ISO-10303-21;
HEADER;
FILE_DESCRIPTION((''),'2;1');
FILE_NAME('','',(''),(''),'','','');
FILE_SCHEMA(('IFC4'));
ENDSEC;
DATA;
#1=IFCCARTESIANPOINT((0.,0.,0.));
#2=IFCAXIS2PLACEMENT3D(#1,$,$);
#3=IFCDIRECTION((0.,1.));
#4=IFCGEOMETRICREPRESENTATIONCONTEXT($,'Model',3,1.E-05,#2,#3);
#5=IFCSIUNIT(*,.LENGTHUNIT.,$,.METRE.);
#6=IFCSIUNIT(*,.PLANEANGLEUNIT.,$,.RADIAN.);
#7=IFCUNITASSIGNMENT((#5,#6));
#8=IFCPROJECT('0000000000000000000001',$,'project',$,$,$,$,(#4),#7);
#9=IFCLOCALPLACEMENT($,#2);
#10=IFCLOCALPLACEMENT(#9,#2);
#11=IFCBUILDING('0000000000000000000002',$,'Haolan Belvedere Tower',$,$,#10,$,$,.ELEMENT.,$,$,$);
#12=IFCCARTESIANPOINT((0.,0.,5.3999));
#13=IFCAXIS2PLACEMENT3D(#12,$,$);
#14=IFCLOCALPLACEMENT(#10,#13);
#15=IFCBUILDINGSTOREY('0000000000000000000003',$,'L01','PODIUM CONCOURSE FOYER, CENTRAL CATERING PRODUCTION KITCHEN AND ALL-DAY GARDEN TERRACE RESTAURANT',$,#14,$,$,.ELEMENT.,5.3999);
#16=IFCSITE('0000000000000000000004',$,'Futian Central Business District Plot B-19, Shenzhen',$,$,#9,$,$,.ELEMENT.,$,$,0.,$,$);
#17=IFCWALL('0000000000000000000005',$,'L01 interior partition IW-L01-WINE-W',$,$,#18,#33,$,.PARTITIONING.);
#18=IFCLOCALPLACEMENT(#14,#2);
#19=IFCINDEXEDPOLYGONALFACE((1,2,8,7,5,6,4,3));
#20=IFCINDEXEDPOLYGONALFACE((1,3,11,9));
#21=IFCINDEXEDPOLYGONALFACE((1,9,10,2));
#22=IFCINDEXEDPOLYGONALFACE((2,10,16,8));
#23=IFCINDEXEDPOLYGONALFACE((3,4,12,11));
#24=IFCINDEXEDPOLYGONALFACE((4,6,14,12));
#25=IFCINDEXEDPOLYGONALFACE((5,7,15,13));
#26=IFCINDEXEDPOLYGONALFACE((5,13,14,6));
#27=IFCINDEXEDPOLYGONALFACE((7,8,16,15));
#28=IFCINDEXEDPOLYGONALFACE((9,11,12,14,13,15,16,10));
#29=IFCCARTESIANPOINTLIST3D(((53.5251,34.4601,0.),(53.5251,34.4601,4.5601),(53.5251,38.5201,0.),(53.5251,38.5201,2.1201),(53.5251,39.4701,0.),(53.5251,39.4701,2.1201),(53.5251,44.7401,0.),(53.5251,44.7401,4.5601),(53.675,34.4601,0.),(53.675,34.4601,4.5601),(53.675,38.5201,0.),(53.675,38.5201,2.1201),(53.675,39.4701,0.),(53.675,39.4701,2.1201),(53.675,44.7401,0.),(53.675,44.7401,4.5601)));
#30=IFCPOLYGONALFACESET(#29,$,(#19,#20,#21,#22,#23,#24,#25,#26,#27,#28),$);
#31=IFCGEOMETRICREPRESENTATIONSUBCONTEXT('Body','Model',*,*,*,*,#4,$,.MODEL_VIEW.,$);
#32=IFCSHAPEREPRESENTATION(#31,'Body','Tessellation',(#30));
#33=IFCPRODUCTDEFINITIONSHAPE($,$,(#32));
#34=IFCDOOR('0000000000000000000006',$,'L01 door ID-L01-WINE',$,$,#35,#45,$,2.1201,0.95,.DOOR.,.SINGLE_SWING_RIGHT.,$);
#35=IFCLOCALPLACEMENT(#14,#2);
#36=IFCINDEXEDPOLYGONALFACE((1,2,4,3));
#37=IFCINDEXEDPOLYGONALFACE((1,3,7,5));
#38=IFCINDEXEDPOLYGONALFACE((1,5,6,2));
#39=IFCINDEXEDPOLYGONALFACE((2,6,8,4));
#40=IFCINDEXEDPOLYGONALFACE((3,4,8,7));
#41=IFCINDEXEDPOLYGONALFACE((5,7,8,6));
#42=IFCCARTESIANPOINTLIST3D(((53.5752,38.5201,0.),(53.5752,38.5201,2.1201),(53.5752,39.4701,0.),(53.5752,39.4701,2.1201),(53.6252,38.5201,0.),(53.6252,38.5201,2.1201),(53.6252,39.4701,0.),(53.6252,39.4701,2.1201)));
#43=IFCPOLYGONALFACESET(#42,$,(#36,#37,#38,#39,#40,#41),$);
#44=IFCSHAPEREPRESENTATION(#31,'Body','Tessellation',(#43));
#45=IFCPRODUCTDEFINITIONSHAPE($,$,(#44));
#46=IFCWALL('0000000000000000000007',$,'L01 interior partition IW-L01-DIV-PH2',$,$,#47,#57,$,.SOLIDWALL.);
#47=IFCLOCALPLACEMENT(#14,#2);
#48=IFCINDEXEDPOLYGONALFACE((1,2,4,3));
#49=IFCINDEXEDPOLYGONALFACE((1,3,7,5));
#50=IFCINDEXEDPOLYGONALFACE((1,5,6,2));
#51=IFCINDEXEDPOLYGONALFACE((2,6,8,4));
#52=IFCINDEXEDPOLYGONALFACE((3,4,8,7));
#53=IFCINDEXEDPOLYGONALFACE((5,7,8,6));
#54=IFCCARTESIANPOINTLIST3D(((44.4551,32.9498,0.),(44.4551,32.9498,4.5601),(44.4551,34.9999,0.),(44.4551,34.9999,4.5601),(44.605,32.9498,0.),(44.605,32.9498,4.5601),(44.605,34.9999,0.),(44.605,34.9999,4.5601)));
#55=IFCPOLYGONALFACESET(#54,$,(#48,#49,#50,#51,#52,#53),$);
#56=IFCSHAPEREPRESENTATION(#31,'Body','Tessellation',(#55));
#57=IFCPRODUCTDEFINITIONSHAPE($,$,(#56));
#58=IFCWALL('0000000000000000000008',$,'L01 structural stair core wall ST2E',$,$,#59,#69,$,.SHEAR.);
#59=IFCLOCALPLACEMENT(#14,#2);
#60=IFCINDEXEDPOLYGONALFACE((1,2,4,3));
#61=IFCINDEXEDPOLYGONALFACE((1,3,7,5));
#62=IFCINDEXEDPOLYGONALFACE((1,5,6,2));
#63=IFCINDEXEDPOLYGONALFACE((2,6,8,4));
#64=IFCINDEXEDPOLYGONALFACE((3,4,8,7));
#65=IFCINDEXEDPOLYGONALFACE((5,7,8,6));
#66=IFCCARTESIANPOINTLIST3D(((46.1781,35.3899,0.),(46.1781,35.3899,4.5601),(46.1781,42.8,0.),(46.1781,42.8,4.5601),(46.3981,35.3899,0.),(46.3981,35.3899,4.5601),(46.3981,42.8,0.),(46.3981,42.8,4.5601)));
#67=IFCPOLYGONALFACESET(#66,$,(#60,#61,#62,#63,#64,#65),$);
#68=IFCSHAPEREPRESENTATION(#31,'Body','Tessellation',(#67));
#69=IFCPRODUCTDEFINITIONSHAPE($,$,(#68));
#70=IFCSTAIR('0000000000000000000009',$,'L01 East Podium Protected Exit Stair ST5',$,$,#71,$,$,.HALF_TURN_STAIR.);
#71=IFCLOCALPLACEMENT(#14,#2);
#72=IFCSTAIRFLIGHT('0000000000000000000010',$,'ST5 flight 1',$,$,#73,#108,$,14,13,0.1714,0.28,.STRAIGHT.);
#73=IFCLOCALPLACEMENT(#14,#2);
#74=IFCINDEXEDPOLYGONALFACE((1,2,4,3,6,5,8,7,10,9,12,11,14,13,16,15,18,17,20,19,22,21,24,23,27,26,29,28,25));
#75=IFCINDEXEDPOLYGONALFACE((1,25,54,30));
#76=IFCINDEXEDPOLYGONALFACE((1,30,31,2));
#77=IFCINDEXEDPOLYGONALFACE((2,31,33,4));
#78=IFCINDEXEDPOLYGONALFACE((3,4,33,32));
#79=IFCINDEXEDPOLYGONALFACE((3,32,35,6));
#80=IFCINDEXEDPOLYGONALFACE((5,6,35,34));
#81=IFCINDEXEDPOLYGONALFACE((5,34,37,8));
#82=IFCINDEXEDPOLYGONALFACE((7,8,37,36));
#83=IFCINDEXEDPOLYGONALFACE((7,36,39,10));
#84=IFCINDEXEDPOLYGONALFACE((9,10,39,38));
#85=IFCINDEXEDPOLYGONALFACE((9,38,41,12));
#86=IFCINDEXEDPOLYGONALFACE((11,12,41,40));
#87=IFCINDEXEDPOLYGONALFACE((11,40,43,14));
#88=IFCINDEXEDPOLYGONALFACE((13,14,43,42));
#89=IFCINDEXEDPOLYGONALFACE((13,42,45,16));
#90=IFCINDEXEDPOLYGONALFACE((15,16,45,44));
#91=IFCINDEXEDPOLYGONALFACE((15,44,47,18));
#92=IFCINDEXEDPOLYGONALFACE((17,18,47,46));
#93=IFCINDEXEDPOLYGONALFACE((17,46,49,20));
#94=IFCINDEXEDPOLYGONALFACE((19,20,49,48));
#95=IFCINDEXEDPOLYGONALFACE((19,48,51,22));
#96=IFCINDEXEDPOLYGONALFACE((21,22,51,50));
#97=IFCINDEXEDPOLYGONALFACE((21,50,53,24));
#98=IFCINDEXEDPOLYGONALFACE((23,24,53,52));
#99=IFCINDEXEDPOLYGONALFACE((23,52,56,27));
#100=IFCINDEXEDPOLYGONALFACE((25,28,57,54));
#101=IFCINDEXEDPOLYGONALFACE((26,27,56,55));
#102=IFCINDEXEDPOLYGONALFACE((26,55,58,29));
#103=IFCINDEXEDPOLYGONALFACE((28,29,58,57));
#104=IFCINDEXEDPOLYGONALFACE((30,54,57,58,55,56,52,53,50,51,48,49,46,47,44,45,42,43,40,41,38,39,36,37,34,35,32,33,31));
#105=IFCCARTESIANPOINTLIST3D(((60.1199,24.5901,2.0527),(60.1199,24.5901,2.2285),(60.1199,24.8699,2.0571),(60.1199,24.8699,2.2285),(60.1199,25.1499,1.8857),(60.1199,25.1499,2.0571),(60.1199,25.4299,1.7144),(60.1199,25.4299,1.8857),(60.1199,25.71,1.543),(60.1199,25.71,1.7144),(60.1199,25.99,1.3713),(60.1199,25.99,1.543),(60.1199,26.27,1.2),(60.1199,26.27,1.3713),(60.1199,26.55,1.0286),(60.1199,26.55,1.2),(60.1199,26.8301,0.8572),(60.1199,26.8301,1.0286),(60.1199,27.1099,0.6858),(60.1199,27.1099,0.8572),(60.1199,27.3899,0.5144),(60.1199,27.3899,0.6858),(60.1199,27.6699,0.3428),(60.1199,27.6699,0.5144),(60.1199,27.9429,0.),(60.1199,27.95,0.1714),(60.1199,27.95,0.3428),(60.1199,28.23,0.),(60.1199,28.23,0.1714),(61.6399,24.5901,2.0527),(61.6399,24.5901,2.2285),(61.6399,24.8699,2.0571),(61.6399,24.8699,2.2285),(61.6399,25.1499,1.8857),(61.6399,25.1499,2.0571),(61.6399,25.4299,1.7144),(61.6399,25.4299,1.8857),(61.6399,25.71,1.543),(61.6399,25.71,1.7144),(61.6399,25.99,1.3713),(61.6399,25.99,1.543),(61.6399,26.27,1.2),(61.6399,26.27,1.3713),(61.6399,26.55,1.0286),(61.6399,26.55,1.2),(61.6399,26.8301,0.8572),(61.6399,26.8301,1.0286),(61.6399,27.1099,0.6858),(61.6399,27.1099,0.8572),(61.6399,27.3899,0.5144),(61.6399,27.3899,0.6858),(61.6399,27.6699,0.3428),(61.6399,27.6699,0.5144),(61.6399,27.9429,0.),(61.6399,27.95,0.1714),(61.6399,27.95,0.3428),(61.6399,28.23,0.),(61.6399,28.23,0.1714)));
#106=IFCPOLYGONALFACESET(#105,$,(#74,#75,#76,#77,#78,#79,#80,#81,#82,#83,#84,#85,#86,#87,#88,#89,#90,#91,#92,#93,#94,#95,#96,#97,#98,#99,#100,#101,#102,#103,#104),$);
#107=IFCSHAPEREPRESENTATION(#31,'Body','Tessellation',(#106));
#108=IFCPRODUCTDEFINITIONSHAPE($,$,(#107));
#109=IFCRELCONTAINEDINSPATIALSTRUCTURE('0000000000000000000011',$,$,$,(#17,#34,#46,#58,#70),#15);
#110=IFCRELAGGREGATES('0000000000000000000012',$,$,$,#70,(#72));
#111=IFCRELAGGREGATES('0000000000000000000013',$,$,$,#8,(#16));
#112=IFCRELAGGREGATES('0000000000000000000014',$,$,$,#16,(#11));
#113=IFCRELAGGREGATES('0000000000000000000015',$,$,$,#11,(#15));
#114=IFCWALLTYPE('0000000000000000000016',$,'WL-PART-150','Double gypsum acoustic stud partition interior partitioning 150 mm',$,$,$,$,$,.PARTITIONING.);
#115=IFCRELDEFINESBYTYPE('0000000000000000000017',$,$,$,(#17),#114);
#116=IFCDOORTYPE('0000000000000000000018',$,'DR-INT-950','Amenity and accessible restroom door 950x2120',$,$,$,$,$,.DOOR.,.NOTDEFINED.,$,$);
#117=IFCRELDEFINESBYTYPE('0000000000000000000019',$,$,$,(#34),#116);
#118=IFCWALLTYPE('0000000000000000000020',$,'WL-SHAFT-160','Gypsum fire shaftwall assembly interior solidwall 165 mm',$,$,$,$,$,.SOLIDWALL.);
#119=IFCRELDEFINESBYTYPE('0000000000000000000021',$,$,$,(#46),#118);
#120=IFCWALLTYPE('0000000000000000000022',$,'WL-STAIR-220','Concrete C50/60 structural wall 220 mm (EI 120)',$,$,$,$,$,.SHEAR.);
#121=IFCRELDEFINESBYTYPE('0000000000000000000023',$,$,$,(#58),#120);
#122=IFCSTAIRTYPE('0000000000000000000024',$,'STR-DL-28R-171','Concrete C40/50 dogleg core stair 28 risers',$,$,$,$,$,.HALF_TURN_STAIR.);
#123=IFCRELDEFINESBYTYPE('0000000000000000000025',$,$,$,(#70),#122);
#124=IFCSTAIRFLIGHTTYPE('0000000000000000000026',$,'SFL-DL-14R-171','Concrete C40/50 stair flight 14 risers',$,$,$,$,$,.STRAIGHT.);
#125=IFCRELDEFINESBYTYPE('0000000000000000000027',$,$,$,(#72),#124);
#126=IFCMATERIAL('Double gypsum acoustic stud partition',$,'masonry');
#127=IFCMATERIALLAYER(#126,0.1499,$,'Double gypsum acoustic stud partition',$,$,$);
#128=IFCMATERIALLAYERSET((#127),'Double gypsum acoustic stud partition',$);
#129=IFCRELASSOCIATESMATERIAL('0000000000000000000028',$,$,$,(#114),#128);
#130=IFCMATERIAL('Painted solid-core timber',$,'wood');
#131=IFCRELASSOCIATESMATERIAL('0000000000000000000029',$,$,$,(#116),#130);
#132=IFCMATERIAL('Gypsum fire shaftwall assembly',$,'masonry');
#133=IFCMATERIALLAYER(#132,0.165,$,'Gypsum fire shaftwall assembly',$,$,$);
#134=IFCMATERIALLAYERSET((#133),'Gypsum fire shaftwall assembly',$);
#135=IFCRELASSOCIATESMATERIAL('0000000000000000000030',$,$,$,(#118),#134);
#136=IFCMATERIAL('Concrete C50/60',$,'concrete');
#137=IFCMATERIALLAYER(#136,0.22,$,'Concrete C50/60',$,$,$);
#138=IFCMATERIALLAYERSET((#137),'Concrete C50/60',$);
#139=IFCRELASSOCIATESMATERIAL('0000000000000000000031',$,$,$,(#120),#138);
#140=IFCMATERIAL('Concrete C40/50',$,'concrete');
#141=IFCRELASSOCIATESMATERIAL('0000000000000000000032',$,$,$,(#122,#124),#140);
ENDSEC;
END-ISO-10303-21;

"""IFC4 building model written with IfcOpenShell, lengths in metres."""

from ifc_helpers import new_model, si_unit, direction, frame, frame_2d, origin, place, context, subcontext, project, spatial, polyline, rectangle, outline, extrude, material, layer, layer_set, type_object, element, fill, aggregate, save


model = new_model("IFC4")

# Units and contexts
model_context = context("Model", 3, precision=1e-05, world=origin(), true_north=direction((0.0, 1.0)))
body_context = subcontext(model_context, "Body", "Model", "MODEL_VIEW")
ifc_project = project(units=[si_unit("LENGTHUNIT", "METRE"), si_unit("PLANEANGLEUNIT", "RADIAN")], contexts=[model_context])

# Site, building, storey
site_placement = place(None, origin())
site = spatial("IfcSite", under=ifc_project, at=site_placement, Name="Futian Central Business District Plot B-19, Shenzhen", CompositionType="ELEMENT", RefElevation=0.0)
building_placement = place(site_placement, origin())
building = spatial("IfcBuilding", under=site, at=building_placement, Name="Haolan Belvedere Tower", CompositionType="ELEMENT")
storey_placement = place(building_placement, frame((0.0, 0.0, 5.3999)))
storey = spatial("IfcBuildingStorey", under=building, at=storey_placement, Name="L01", Description="PODIUM CONCOURSE FOYER, CENTRAL CATERING PRODUCTION KITCHEN AND ALL-DAY GARDEN TERRACE RESTAURANT", CompositionType="ELEMENT", Elevation=5.3999)

# Shared definitions
ifc_material_1 = material(Name="Concrete C50/60", Category="concrete")

# Shared definitions
ifc_material_2 = material(Name="Double gypsum acoustic stud partition", Category="masonry")
ifc_layer_1 = layer(ifc_material_2, 0.1499, Name="Double gypsum acoustic stud partition")
ifc_layer_set_1 = layer_set([ifc_layer_1], Name="Double gypsum acoustic stud partition")
wall_type_1 = type_object("IfcWallType", Name="WL-PART-150", Description="Double gypsum acoustic stud partition interior partitioning 150 mm", PredefinedType="PARTITIONING", material=ifc_layer_set_1)

# Wall, opening, door
wall_1_placement = place(storey_placement, frame((53.6001, 34.46, 0.0), z_axis=(0.0, 0.0, 1.0), x_axis=(0.0, 1.0, 0.0)))
wall_1 = element("IfcWall", 1, at=wall_1_placement, inside=storey, type_object=wall_type_1, Name="L01 interior partition IW-L01-WINE-W", PredefinedType="PARTITIONING", context=body_context, shape_type="SweptSolid", body=[
    extrude(rectangle(XDim=10.28, YDim=0.1499, at=frame_2d((5.1401, 0.0))), origin(), (0.0, 0.0, 1.0), 4.5601),
])
opening_1_placement = place(wall_1_placement, frame((4.0601, 0.0, 0.0)))
opening_1 = element("IfcOpeningElement", 2, at=opening_1_placement, cuts=wall_1, PredefinedType="OPENING", context=body_context, shape_type="SweptSolid", body=[
    extrude(rectangle(XDim=0.95, YDim=2.1201, at=frame_2d((0.4751, 1.0601))), frame((0.0, 0.085, 0.0), z_axis=(0.0, -1.0, 0.0), x_axis=(1.0, 0.0, 0.0)), (0.0, 0.0, 1.0), 0.1699),
])
ifc_material_3 = material(Name="Painted solid-core timber", Category="wood")
door_type_1 = type_object("IfcDoorType", Name="DR-INT-950", Description="Amenity and accessible restroom door 950x2120", OperationType="NOTDEFINED", PredefinedType="DOOR", material=ifc_material_3)
door_1_placement = place(opening_1_placement, origin())
door_1 = element("IfcDoor", 3, at=door_1_placement, inside=storey, type_object=door_type_1, Name="L01 door ID-L01-WINE", OperationType="SINGLE_SWING_RIGHT", OverallHeight=2.1201, OverallWidth=0.95, PredefinedType="DOOR", context=body_context, shape_type="SweptSolid", body=[
    extrude(rectangle(XDim=0.95, YDim=2.1201, at=frame_2d((0.4751, 1.0601))), frame((0.0, 0.0249, 0.0), z_axis=(0.0, -1.0, 0.0), x_axis=(1.0, 0.0, 0.0)), (0.0, 0.0, 1.0), 0.05),
])
fill(opening_1, door_1)

# Walls
ifc_material_4 = material(Name="Gypsum fire shaftwall assembly", Category="masonry")
ifc_layer_2 = layer(ifc_material_4, 0.165, Name="Gypsum fire shaftwall assembly")
ifc_layer_set_2 = layer_set([ifc_layer_2], Name="Gypsum fire shaftwall assembly")
wall_type_2 = type_object("IfcWallType", Name="WL-SHAFT-160", Description="Gypsum fire shaftwall assembly interior solidwall 165 mm", PredefinedType="SOLIDWALL", material=ifc_layer_set_2)
wall_2_placement = place(storey_placement, frame((44.53, 32.95, 0.0), z_axis=(0.0, 0.0, 1.0), x_axis=(0.0, 1.0, 0.0)))
element("IfcWall", 4, at=wall_2_placement, inside=storey, type_object=wall_type_2, Name="L01 interior partition IW-L01-DIV-PH2", PredefinedType="SOLIDWALL", context=body_context, shape_type="SweptSolid", body=[
    extrude(rectangle(XDim=2.05, YDim=0.1499, at=frame_2d((1.0249, 0.0))), origin(), (0.0, 0.0, 1.0), 4.5601),
])
ifc_layer_3 = layer(ifc_material_1, 0.22, Name="Concrete C50/60")
ifc_layer_set_3 = layer_set([ifc_layer_3], Name="Concrete C50/60")
wall_type_3 = type_object("IfcWallType", Name="WL-STAIR-220", Description="Concrete C50/60 structural wall 220 mm (EI 120)", PredefinedType="SHEAR", material=ifc_layer_set_3)
wall_3_placement = place(storey_placement, frame((46.2881, 35.3899, 0.0), z_axis=(0.0, 0.0, 1.0), x_axis=(0.0, 1.0, 0.0)))
element("IfcWall", 5, at=wall_3_placement, inside=storey, type_object=wall_type_3, Name="L01 structural stair core wall ST2E", PredefinedType="SHEAR", context=body_context, shape_type="SweptSolid", body=[
    extrude(rectangle(XDim=7.4102, YDim=0.22, at=frame_2d((3.7051, 0.0))), origin(), (0.0, 0.0, 1.0), 4.5601),
])

# Stair, stair flight
ifc_material_5 = material(Name="Concrete C40/50", Category="concrete")
stair_type = type_object("IfcStairType", Name="STR-DL-28R-171", Description="Concrete C40/50 dogleg core stair 28 risers", PredefinedType="HALF_TURN_STAIR", material=ifc_material_5)
stair_placement = place(storey_placement, origin())
stair = element("IfcStair", 6, at=stair_placement, inside=storey, type_object=stair_type, Name="L01 East Podium Protected Exit Stair ST5", PredefinedType="HALF_TURN_STAIR")
stair_flight_type = type_object("IfcStairFlightType", Name="SFL-DL-14R-171", Description="Concrete C40/50 stair flight 14 risers", PredefinedType="STRAIGHT", material=ifc_material_5)
stair_flight_placement = place(storey_placement, frame((60.8799, 28.23, 0.0), z_axis=(0.0, 0.0, 1.0), x_axis=(0.0, -1.0, 0.0)))
stair_flight = element("IfcStairFlight", 7, at=stair_flight_placement, type_object=stair_flight_type, Name="ST5 flight 1", NumberOfRisers=14, NumberOfTreads=13, PredefinedType="STRAIGHT", RiserHeight=0.1714, TreadLength=0.28, context=body_context, shape_type="SweptSolid", body=[
    extrude(outline(polyline([(0.0, 0.0), (0.0, 0.1714), (0.28, 0.1714), (0.28, 0.3428), (0.5601, 0.3428), (0.5601, 0.5144), (0.8401, 0.5144), (0.8401, 0.6858), (1.1201, 0.6858), (1.1201, 0.8572), (1.3999, 0.8572), (1.3999, 1.0286), (1.6799, 1.0286), (1.6799, 1.2), (1.96, 1.2), (1.96, 1.3713), (2.24, 1.3713), (2.24, 1.543), (2.52, 1.543), (2.52, 1.7144), (2.8, 1.7144), (2.8, 1.8857), (3.0801, 1.8857), (3.0801, 2.0571), (3.3601, 2.0571), (3.3601, 2.2285), (3.6399, 2.2285), (3.6399, 2.3999), (3.6399, 2.0527), (0.2871, 0.0), (0.0, 0.0)])), frame((0.0, 0.76, 0.0), z_axis=(0.0, -1.0, 0.0), x_axis=(1.0, 0.0, 0.0)), (0.0, 0.0, 1.0), 1.52),
])
aggregate(stair, [stair_flight])

save(model, "model.ifc")
